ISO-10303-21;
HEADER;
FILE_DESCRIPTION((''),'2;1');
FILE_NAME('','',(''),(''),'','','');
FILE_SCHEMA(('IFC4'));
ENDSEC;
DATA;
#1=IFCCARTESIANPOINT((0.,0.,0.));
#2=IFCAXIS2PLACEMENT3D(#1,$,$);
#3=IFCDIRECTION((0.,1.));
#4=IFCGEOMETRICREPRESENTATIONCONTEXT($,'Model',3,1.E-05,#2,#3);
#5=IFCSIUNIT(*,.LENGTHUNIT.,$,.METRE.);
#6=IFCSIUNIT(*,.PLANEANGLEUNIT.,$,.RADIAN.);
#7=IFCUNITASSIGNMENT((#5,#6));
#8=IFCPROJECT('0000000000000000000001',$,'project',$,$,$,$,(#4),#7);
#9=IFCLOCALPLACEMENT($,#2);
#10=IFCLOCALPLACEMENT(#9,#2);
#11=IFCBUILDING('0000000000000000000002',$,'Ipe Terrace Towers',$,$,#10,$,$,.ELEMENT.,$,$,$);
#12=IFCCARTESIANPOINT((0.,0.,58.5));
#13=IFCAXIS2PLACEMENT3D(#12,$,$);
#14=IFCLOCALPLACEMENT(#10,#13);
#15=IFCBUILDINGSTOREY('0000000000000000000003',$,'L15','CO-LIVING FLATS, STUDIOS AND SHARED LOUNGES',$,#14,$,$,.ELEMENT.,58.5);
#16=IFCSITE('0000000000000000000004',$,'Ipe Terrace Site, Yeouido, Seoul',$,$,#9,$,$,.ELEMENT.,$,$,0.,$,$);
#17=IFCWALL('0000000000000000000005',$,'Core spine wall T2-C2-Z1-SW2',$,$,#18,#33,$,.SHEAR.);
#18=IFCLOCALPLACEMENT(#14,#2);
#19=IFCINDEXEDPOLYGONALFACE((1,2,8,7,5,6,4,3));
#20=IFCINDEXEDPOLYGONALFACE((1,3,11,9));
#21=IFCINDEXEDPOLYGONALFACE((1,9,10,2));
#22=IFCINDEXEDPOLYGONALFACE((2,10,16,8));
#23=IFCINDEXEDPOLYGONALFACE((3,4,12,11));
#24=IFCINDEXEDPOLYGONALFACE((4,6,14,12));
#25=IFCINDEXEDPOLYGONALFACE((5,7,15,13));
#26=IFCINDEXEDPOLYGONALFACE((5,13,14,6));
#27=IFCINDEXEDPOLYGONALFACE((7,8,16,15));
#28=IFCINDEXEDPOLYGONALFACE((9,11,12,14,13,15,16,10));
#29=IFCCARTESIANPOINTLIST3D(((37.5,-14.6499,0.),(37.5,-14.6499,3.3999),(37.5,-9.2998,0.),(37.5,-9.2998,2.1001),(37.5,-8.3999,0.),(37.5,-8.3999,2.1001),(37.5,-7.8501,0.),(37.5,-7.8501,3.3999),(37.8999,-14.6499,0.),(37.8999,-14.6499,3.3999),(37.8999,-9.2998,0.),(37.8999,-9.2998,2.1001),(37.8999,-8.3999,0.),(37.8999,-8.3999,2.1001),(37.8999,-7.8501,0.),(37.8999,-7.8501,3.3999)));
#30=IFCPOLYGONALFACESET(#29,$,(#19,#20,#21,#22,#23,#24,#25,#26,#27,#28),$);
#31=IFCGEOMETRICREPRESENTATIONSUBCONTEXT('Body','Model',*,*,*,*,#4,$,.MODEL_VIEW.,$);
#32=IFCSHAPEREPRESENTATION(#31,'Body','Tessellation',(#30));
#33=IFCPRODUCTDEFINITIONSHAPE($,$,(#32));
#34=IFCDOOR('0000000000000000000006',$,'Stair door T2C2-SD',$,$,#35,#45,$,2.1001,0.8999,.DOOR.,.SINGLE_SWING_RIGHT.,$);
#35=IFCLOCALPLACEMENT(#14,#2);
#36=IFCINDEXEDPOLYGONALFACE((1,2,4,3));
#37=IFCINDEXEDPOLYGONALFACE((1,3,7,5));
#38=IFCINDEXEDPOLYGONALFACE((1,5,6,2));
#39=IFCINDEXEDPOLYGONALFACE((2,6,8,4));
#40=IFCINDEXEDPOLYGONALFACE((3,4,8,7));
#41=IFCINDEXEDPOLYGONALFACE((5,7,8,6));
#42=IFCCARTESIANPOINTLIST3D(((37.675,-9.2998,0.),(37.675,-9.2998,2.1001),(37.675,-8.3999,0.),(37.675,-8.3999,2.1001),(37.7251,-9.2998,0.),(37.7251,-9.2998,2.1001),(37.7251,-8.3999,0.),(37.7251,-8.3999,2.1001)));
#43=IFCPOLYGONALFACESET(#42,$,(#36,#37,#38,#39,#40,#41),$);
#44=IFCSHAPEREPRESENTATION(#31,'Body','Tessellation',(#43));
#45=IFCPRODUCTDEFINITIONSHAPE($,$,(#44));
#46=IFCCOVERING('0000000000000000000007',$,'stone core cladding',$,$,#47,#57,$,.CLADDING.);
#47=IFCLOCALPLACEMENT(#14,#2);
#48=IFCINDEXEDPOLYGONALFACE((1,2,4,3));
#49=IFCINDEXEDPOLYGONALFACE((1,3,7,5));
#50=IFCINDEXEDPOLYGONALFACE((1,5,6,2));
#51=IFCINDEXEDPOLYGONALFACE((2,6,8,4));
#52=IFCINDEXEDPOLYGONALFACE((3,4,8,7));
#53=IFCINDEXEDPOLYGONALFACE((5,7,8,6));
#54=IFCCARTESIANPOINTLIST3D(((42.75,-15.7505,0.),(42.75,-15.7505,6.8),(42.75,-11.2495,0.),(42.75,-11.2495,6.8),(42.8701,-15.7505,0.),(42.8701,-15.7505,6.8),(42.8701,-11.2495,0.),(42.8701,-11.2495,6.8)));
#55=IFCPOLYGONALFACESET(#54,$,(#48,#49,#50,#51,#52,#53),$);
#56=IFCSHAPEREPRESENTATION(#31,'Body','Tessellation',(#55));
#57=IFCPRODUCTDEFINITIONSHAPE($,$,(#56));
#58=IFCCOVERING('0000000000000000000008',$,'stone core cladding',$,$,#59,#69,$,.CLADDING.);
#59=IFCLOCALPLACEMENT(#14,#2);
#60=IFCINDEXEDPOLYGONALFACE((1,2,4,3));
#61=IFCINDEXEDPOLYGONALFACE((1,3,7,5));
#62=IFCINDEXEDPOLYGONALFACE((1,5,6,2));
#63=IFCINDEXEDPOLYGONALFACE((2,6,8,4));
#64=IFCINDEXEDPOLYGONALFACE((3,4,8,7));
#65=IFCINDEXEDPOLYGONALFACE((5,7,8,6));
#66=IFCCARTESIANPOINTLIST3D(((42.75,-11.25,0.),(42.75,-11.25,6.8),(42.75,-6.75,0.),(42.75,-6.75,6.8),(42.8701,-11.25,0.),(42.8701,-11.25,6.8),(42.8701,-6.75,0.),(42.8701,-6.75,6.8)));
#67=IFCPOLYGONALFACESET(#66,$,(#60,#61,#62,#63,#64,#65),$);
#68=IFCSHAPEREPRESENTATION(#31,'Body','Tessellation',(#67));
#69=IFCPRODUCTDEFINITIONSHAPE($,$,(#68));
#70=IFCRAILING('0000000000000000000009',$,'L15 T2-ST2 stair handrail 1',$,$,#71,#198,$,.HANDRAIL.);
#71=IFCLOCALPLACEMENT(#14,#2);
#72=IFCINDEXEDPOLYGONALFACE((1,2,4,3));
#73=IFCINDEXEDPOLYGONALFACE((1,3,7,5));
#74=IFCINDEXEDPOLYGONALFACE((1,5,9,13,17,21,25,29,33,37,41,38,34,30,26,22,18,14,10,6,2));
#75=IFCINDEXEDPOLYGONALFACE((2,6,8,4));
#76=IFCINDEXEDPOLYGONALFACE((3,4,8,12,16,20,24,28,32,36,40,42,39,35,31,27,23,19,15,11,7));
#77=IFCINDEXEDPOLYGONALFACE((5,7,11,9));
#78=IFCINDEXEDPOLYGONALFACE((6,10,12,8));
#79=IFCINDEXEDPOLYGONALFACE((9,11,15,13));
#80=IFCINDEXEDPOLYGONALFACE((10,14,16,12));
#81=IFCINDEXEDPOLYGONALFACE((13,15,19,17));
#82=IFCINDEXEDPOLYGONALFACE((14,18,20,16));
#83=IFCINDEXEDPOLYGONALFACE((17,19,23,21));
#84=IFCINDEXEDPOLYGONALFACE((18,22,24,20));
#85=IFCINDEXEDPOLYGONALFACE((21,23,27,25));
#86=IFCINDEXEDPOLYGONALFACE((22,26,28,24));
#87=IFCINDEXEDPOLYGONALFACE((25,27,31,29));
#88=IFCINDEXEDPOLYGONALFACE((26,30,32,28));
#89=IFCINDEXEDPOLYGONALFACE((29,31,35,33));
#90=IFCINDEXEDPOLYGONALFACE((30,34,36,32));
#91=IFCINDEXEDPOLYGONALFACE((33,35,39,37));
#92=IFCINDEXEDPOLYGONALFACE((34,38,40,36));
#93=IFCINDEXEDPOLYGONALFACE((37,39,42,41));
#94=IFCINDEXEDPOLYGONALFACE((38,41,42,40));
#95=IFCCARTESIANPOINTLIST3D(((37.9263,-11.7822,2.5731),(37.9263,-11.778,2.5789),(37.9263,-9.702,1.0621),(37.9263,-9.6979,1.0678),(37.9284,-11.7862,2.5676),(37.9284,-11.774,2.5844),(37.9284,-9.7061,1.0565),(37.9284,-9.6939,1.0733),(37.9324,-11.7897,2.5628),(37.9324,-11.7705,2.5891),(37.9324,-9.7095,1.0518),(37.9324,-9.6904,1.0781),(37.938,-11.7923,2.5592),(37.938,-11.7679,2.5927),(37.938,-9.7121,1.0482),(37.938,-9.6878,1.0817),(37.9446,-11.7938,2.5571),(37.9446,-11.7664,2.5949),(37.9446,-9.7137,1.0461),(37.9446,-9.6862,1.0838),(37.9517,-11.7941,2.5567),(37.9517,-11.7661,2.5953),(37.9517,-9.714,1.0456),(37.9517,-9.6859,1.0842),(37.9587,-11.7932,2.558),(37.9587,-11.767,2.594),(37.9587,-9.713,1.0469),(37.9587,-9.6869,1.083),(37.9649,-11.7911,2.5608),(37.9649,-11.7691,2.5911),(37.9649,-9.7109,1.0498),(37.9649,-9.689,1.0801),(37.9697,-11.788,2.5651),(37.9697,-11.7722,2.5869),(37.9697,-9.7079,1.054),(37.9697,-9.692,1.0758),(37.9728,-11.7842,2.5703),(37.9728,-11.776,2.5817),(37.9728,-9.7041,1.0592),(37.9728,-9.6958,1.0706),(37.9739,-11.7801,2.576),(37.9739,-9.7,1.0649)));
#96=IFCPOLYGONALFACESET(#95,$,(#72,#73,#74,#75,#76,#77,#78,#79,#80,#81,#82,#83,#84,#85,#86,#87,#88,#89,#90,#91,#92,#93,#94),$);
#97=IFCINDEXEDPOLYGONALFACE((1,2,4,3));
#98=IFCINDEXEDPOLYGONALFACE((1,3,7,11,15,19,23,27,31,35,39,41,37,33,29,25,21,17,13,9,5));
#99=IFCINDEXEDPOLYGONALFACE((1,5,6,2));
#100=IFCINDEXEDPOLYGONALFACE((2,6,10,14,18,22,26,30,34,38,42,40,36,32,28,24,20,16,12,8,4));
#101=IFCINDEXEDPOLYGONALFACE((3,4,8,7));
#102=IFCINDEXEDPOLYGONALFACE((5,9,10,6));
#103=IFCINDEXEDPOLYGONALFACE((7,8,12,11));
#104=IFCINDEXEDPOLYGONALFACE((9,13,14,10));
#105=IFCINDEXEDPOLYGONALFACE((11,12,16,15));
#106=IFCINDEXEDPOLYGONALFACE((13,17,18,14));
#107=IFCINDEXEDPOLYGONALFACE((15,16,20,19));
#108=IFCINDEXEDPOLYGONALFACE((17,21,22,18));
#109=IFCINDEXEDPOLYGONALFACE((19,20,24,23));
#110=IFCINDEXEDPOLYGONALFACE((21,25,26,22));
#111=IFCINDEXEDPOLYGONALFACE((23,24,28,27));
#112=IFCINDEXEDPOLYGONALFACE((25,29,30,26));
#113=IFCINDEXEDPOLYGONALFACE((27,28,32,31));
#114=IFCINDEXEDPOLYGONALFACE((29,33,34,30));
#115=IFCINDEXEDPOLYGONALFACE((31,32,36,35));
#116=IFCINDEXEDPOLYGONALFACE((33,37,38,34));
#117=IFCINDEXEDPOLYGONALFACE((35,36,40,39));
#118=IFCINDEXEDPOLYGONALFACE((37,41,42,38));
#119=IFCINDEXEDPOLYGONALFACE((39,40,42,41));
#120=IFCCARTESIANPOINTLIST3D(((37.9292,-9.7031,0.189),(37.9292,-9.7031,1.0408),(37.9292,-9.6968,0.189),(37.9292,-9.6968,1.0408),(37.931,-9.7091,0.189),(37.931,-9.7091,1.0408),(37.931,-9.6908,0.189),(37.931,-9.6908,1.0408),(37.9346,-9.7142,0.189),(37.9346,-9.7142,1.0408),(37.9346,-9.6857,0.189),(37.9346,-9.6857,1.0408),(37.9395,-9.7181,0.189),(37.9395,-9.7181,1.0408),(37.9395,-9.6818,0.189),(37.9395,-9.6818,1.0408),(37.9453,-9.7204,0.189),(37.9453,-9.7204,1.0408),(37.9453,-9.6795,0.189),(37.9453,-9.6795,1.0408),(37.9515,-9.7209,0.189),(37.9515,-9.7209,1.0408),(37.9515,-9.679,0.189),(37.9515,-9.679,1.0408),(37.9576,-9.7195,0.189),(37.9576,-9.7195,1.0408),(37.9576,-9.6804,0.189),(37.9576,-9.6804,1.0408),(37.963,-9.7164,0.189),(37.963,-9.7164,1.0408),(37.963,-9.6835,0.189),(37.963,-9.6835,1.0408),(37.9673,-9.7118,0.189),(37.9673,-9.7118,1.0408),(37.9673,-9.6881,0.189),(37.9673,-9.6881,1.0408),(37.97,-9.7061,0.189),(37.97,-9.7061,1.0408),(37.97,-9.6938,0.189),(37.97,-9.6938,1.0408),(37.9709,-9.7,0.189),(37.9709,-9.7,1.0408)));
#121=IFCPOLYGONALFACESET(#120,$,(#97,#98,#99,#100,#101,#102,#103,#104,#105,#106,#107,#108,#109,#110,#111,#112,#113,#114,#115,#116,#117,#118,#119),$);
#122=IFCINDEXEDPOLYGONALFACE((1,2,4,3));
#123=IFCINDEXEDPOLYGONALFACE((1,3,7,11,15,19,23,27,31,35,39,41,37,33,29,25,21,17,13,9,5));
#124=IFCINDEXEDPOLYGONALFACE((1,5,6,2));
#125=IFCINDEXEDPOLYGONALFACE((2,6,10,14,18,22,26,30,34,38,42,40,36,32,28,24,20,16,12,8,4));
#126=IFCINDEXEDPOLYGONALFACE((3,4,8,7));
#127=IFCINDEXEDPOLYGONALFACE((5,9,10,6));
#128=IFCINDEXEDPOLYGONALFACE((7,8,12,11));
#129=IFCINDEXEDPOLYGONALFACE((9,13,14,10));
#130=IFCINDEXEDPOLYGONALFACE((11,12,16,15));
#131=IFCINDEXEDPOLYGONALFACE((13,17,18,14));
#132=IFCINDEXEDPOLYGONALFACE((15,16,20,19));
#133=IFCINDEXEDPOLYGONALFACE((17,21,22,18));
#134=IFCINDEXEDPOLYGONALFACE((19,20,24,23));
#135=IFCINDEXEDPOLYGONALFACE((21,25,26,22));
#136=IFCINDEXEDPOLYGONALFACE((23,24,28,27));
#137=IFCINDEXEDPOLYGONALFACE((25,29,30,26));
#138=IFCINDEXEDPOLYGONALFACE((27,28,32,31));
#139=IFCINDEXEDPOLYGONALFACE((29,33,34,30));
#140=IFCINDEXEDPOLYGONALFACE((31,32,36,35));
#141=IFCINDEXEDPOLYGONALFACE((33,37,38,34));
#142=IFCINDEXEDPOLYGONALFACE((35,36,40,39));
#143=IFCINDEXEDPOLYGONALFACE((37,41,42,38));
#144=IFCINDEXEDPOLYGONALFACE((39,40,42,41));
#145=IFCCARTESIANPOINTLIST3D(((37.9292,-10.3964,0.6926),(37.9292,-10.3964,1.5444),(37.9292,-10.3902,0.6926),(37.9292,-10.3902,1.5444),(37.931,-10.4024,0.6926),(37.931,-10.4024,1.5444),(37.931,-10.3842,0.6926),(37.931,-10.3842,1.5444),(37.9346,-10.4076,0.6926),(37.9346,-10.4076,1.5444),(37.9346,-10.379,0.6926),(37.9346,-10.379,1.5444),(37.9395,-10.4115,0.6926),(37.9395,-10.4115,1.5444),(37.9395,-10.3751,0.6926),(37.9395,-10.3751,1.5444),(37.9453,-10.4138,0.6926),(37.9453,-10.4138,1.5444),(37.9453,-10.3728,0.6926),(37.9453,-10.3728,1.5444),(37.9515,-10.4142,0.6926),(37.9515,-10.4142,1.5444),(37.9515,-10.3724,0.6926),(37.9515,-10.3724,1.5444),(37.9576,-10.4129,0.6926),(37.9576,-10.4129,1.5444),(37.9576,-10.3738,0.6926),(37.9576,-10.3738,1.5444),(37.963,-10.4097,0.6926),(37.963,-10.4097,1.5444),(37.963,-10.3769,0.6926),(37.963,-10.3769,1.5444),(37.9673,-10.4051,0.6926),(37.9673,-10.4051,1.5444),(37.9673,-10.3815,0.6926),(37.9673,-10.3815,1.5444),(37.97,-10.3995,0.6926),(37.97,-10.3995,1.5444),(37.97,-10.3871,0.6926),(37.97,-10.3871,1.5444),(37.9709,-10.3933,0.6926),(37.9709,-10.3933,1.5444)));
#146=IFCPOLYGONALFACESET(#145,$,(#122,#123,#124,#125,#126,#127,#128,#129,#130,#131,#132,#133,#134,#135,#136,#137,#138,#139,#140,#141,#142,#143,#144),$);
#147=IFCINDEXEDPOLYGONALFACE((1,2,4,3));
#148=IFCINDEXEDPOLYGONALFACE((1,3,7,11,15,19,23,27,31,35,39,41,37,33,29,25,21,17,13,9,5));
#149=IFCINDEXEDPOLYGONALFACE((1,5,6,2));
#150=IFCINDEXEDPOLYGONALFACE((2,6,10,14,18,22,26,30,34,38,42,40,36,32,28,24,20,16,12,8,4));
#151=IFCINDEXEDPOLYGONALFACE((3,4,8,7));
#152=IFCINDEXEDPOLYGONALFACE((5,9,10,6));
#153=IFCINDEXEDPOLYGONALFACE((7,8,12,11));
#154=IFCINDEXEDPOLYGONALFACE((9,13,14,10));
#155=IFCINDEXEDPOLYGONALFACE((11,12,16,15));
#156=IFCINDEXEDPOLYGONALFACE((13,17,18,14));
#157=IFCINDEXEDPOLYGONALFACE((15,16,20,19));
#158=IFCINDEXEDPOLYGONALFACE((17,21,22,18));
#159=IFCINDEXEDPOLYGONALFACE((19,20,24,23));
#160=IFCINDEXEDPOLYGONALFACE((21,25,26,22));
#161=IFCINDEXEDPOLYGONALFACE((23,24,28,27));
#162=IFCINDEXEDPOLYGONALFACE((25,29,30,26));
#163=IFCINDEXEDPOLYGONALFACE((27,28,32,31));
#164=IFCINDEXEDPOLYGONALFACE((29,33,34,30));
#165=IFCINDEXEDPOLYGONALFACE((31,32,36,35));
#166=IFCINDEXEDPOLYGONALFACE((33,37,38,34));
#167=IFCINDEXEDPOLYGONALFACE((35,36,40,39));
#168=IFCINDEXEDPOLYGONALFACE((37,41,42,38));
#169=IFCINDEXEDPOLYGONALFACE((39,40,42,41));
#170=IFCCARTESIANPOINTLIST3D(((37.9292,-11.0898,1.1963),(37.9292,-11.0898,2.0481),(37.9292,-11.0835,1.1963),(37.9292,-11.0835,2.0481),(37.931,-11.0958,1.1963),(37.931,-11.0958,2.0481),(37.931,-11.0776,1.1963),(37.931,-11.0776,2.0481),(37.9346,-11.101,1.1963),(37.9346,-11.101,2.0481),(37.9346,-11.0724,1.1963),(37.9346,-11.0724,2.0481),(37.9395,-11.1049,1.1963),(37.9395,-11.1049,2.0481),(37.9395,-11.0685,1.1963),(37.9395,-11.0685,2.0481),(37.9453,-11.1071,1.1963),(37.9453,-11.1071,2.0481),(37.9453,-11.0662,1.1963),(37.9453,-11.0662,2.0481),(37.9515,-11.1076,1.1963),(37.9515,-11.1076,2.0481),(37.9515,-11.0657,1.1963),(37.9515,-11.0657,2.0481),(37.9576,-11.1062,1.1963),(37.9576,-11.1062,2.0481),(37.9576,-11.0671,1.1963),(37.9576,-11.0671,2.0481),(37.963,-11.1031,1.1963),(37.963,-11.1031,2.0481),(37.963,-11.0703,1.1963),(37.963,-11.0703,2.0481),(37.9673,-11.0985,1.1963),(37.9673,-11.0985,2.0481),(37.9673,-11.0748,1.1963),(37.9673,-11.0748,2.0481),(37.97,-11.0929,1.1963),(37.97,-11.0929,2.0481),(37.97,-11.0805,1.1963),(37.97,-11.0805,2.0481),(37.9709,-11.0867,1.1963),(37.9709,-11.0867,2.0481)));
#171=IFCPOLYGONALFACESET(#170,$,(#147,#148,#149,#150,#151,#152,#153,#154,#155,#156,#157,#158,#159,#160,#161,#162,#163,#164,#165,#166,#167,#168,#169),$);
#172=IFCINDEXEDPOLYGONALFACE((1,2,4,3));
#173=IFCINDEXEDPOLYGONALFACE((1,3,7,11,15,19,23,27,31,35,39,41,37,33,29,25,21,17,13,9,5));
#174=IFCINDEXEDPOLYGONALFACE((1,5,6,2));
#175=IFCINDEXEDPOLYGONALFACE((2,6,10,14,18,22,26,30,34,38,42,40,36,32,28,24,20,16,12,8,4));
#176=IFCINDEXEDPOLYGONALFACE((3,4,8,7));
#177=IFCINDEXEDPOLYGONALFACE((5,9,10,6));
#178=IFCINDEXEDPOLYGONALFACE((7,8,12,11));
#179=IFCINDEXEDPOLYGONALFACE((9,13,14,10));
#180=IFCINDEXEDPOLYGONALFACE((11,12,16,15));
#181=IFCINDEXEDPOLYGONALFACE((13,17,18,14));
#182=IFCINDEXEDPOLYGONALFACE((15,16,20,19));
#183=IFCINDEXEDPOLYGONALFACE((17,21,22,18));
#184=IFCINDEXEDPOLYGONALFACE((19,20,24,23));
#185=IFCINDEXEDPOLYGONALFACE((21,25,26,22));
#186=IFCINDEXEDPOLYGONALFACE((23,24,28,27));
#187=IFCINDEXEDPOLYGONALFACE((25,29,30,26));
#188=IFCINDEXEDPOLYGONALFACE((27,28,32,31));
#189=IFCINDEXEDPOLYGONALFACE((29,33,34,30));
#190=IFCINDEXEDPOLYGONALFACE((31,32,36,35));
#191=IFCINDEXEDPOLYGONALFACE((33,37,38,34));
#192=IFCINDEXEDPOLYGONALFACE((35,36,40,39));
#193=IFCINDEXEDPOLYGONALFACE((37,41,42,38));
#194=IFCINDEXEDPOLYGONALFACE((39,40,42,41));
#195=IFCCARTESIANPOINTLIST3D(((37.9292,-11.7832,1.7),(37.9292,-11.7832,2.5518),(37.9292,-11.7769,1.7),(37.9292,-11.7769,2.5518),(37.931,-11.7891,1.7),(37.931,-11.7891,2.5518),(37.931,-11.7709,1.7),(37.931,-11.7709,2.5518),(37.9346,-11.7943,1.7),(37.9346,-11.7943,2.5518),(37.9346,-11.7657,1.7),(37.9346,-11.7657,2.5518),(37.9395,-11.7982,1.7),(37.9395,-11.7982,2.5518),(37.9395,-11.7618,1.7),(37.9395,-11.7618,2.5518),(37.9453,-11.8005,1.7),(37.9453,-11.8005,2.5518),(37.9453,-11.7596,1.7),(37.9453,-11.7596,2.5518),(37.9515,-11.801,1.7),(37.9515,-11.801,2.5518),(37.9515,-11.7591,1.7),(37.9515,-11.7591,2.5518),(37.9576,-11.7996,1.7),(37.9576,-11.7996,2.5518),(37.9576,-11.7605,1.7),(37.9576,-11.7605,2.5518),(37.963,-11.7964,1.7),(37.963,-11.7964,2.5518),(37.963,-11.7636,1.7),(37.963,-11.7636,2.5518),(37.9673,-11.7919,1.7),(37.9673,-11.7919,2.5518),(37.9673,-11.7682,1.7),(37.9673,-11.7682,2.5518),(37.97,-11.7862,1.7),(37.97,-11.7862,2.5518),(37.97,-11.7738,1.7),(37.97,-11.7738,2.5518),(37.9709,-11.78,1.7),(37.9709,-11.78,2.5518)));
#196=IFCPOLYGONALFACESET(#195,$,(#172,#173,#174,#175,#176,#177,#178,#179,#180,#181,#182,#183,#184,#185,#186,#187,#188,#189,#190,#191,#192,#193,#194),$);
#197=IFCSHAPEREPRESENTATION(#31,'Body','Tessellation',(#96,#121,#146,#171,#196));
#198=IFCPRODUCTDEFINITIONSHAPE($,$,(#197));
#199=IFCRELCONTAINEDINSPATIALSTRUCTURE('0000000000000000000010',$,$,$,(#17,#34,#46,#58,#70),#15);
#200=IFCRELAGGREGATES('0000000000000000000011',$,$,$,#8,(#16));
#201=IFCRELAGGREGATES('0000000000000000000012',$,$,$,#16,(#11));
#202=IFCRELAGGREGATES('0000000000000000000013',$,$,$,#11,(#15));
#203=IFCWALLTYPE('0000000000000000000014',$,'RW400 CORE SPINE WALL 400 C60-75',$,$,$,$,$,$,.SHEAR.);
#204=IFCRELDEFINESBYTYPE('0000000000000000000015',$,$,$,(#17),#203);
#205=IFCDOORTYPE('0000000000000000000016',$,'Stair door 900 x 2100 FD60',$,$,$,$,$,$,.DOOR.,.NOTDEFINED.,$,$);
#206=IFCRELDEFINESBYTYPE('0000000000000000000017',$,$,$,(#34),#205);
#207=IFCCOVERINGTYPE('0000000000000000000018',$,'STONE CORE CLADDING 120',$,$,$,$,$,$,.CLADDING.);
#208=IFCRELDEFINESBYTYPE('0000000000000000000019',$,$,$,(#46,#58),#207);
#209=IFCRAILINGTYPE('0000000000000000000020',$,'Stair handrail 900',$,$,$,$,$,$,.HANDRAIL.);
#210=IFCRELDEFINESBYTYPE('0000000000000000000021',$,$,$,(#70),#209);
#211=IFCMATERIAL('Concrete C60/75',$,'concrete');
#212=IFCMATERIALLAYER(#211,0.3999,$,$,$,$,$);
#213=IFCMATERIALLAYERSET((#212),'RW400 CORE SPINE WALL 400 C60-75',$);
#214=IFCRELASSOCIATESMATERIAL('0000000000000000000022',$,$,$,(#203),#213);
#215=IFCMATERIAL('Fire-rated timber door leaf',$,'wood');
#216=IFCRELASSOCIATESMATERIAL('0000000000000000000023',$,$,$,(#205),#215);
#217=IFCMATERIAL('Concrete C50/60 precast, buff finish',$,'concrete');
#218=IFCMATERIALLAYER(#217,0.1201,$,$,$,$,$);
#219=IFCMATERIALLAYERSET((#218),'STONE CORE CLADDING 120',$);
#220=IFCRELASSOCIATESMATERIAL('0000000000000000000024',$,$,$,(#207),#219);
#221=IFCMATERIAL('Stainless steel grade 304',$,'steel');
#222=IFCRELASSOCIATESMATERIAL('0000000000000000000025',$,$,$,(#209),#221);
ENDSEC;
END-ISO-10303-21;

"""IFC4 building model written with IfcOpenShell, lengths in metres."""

from ifc_helpers import new_model, si_unit, direction, frame, frame_2d, origin, origin_2d, place, context, subcontext, project, spatial, rectangle, circle, extrude, material, layer, layer_set, type_object, element, fill, save


model = new_model("IFC4")

# Units and contexts
model_context = context("Model", 3, precision=1e-05, world=origin(), true_north=direction((0.0, 1.0)))
body_context = subcontext(model_context, "Body", "Model", "MODEL_VIEW")
ifc_project = project(units=[si_unit("LENGTHUNIT", "METRE"), si_unit("PLANEANGLEUNIT", "RADIAN")], contexts=[model_context])

# Site, building, storey
site_placement = place(None, origin())
site = spatial("IfcSite", under=ifc_project, at=site_placement, Name="Ipe Terrace Site, Yeouido, Seoul", CompositionType="ELEMENT", RefElevation=0.0)
building_placement = place(site_placement, origin())
building = spatial("IfcBuilding", under=site, at=building_placement, Name="Ipe Terrace Towers", CompositionType="ELEMENT")
storey_placement = place(building_placement, frame((0.0, 0.0, 58.5)))
storey = spatial("IfcBuildingStorey", under=building, at=storey_placement, Name="L15", Description="CO-LIVING FLATS, STUDIOS AND SHARED LOUNGES", CompositionType="ELEMENT", Elevation=58.5)

# Wall, opening, door
ifc_material_1 = material(Name="Concrete C60/75", Category="concrete")
ifc_layer_1 = layer(ifc_material_1, 0.3999)
ifc_layer_set_1 = layer_set([ifc_layer_1], Name="RW400 CORE SPINE WALL 400 C60-75")
wall_type_1 = type_object("IfcWallType", Name="RW400 CORE SPINE WALL 400 C60-75", PredefinedType="SHEAR", material=ifc_layer_set_1)
wall_1_placement = place(storey_placement, frame((37.7, -14.6499, 0.0), z_axis=(0.0, 0.0, 1.0), x_axis=(0.0, 1.0, 0.0)))
wall_1 = element("IfcWall", 1, at=wall_1_placement, inside=storey, type_object=wall_type_1, Name="Core spine wall T2-C2-Z1-SW2", PredefinedType="SHEAR", context=body_context, shape_type="SweptSolid", body=[
    extrude(rectangle(XDim=6.7998, YDim=0.3999, at=frame_2d((3.3999, 0.0))), origin(), (0.0, 0.0, 1.0), 3.3999),
])
opening_1_placement = place(wall_1_placement, frame((5.3501, 0.0, 0.0)))
opening_1 = element("IfcOpeningElement", 2, at=opening_1_placement, cuts=wall_1, PredefinedType="OPENING", context=body_context, shape_type="SweptSolid", body=[
    extrude(rectangle(XDim=0.8999, YDim=2.1001, at=frame_2d((0.45, 1.05))), frame((0.0, 0.21, 0.0), z_axis=(0.0, -1.0, 0.0), x_axis=(1.0, 0.0, 0.0)), (0.0, 0.0, 1.0), 0.4199),
])
ifc_material_2 = material(Name="Fire-rated timber door leaf", Category="wood")
door_type_1 = type_object("IfcDoorType", Name="Stair door 900 x 2100 FD60", OperationType="NOTDEFINED", PredefinedType="DOOR", material=ifc_material_2)
door_1_placement = place(opening_1_placement, origin())
door_1 = element("IfcDoor", 3, at=door_1_placement, inside=storey, type_object=door_type_1, Name="Stair door T2C2-SD", OperationType="SINGLE_SWING_RIGHT", OverallHeight=2.1001, OverallWidth=0.8999, PredefinedType="DOOR", context=body_context, shape_type="SweptSolid", body=[
    extrude(rectangle(XDim=0.8999, YDim=2.1001, at=frame_2d((0.45, 1.05))), frame((0.0, 0.0249, 0.0), z_axis=(0.0, -1.0, 0.0), x_axis=(1.0, 0.0, 0.0)), (0.0, 0.0, 1.0), 0.05),
])
fill(opening_1, door_1)

# Coverings
ifc_material_3 = material(Name="Concrete C50/60 precast, buff finish", Category="concrete")
ifc_layer_2 = layer(ifc_material_3, 0.1201)
ifc_layer_set_2 = layer_set([ifc_layer_2], Name="STONE CORE CLADDING 120")
covering_type = type_object("IfcCoveringType", Name="STONE CORE CLADDING 120", PredefinedType="CLADDING", material=ifc_layer_set_2)
covering_1_placement = place(storey_placement, frame((42.8101, -13.5, 0.0), z_axis=(0.0, 0.0, 1.0), x_axis=(0.0, 1.0, 0.0)))
element("IfcCovering", 4, at=covering_1_placement, inside=storey, type_object=covering_type, Name="stone core cladding", PredefinedType="CLADDING", context=body_context, shape_type="SweptSolid", body=[
    extrude(rectangle(XDim=4.501, YDim=0.1201, at=origin_2d()), origin(), (0.0, 0.0, 1.0), 6.8),
])
covering_2_placement = place(storey_placement, frame((42.8101, -9.0, 0.0), z_axis=(0.0, 0.0, 1.0), x_axis=(0.0, 1.0, 0.0)))
element("IfcCovering", 5, at=covering_2_placement, inside=storey, type_object=covering_type, Name="stone core cladding", PredefinedType="CLADDING", context=body_context, shape_type="SweptSolid", body=[
    extrude(rectangle(XDim=4.5, YDim=0.1201, at=origin_2d()), origin(), (0.0, 0.0, 1.0), 6.8),
])

# Railing
ifc_material_4 = material(Name="Stainless steel grade 304", Category="steel")
railing_type_1 = type_object("IfcRailingType", Name="Stair handrail 900", PredefinedType="HANDRAIL", material=ifc_material_4)
railing_1_placement = place(storey_placement, frame((37.95, -9.7, 0.189)))
element("IfcRailing", 6, at=railing_1_placement, inside=storey, type_object=railing_type_1, Name="L15 T2-ST2 stair handrail 1", PredefinedType="HANDRAIL", context=body_context, shape_type="SweptSolid", body=[
    extrude(circle(Radius=0.0239, at=origin_2d()), frame((0.0, 0.0, 0.876), z_axis=(0.0, -0.809069, 0.587714), x_axis=(1.0, 0.0, 0.0)), (0.0, 0.0, 1.0), 2.571),
    extrude(circle(Radius=0.021, at=origin_2d()), origin(), (0.0, 0.0, 1.0), 0.8518),
    extrude(circle(Radius=0.021, at=origin_2d()), frame((0.0, -0.6934, 0.5037)), (0.0, 0.0, 1.0), 0.8518),
    extrude(circle(Radius=0.021, at=origin_2d()), frame((0.0, -1.3867, 1.0073)), (0.0, 0.0, 1.0), 0.8518),
    extrude(circle(Radius=0.021, at=origin_2d()), frame((0.0, -2.0801, 1.511)), (0.0, 0.0, 1.0), 0.8518),
])

save(model, "model.ifc")
